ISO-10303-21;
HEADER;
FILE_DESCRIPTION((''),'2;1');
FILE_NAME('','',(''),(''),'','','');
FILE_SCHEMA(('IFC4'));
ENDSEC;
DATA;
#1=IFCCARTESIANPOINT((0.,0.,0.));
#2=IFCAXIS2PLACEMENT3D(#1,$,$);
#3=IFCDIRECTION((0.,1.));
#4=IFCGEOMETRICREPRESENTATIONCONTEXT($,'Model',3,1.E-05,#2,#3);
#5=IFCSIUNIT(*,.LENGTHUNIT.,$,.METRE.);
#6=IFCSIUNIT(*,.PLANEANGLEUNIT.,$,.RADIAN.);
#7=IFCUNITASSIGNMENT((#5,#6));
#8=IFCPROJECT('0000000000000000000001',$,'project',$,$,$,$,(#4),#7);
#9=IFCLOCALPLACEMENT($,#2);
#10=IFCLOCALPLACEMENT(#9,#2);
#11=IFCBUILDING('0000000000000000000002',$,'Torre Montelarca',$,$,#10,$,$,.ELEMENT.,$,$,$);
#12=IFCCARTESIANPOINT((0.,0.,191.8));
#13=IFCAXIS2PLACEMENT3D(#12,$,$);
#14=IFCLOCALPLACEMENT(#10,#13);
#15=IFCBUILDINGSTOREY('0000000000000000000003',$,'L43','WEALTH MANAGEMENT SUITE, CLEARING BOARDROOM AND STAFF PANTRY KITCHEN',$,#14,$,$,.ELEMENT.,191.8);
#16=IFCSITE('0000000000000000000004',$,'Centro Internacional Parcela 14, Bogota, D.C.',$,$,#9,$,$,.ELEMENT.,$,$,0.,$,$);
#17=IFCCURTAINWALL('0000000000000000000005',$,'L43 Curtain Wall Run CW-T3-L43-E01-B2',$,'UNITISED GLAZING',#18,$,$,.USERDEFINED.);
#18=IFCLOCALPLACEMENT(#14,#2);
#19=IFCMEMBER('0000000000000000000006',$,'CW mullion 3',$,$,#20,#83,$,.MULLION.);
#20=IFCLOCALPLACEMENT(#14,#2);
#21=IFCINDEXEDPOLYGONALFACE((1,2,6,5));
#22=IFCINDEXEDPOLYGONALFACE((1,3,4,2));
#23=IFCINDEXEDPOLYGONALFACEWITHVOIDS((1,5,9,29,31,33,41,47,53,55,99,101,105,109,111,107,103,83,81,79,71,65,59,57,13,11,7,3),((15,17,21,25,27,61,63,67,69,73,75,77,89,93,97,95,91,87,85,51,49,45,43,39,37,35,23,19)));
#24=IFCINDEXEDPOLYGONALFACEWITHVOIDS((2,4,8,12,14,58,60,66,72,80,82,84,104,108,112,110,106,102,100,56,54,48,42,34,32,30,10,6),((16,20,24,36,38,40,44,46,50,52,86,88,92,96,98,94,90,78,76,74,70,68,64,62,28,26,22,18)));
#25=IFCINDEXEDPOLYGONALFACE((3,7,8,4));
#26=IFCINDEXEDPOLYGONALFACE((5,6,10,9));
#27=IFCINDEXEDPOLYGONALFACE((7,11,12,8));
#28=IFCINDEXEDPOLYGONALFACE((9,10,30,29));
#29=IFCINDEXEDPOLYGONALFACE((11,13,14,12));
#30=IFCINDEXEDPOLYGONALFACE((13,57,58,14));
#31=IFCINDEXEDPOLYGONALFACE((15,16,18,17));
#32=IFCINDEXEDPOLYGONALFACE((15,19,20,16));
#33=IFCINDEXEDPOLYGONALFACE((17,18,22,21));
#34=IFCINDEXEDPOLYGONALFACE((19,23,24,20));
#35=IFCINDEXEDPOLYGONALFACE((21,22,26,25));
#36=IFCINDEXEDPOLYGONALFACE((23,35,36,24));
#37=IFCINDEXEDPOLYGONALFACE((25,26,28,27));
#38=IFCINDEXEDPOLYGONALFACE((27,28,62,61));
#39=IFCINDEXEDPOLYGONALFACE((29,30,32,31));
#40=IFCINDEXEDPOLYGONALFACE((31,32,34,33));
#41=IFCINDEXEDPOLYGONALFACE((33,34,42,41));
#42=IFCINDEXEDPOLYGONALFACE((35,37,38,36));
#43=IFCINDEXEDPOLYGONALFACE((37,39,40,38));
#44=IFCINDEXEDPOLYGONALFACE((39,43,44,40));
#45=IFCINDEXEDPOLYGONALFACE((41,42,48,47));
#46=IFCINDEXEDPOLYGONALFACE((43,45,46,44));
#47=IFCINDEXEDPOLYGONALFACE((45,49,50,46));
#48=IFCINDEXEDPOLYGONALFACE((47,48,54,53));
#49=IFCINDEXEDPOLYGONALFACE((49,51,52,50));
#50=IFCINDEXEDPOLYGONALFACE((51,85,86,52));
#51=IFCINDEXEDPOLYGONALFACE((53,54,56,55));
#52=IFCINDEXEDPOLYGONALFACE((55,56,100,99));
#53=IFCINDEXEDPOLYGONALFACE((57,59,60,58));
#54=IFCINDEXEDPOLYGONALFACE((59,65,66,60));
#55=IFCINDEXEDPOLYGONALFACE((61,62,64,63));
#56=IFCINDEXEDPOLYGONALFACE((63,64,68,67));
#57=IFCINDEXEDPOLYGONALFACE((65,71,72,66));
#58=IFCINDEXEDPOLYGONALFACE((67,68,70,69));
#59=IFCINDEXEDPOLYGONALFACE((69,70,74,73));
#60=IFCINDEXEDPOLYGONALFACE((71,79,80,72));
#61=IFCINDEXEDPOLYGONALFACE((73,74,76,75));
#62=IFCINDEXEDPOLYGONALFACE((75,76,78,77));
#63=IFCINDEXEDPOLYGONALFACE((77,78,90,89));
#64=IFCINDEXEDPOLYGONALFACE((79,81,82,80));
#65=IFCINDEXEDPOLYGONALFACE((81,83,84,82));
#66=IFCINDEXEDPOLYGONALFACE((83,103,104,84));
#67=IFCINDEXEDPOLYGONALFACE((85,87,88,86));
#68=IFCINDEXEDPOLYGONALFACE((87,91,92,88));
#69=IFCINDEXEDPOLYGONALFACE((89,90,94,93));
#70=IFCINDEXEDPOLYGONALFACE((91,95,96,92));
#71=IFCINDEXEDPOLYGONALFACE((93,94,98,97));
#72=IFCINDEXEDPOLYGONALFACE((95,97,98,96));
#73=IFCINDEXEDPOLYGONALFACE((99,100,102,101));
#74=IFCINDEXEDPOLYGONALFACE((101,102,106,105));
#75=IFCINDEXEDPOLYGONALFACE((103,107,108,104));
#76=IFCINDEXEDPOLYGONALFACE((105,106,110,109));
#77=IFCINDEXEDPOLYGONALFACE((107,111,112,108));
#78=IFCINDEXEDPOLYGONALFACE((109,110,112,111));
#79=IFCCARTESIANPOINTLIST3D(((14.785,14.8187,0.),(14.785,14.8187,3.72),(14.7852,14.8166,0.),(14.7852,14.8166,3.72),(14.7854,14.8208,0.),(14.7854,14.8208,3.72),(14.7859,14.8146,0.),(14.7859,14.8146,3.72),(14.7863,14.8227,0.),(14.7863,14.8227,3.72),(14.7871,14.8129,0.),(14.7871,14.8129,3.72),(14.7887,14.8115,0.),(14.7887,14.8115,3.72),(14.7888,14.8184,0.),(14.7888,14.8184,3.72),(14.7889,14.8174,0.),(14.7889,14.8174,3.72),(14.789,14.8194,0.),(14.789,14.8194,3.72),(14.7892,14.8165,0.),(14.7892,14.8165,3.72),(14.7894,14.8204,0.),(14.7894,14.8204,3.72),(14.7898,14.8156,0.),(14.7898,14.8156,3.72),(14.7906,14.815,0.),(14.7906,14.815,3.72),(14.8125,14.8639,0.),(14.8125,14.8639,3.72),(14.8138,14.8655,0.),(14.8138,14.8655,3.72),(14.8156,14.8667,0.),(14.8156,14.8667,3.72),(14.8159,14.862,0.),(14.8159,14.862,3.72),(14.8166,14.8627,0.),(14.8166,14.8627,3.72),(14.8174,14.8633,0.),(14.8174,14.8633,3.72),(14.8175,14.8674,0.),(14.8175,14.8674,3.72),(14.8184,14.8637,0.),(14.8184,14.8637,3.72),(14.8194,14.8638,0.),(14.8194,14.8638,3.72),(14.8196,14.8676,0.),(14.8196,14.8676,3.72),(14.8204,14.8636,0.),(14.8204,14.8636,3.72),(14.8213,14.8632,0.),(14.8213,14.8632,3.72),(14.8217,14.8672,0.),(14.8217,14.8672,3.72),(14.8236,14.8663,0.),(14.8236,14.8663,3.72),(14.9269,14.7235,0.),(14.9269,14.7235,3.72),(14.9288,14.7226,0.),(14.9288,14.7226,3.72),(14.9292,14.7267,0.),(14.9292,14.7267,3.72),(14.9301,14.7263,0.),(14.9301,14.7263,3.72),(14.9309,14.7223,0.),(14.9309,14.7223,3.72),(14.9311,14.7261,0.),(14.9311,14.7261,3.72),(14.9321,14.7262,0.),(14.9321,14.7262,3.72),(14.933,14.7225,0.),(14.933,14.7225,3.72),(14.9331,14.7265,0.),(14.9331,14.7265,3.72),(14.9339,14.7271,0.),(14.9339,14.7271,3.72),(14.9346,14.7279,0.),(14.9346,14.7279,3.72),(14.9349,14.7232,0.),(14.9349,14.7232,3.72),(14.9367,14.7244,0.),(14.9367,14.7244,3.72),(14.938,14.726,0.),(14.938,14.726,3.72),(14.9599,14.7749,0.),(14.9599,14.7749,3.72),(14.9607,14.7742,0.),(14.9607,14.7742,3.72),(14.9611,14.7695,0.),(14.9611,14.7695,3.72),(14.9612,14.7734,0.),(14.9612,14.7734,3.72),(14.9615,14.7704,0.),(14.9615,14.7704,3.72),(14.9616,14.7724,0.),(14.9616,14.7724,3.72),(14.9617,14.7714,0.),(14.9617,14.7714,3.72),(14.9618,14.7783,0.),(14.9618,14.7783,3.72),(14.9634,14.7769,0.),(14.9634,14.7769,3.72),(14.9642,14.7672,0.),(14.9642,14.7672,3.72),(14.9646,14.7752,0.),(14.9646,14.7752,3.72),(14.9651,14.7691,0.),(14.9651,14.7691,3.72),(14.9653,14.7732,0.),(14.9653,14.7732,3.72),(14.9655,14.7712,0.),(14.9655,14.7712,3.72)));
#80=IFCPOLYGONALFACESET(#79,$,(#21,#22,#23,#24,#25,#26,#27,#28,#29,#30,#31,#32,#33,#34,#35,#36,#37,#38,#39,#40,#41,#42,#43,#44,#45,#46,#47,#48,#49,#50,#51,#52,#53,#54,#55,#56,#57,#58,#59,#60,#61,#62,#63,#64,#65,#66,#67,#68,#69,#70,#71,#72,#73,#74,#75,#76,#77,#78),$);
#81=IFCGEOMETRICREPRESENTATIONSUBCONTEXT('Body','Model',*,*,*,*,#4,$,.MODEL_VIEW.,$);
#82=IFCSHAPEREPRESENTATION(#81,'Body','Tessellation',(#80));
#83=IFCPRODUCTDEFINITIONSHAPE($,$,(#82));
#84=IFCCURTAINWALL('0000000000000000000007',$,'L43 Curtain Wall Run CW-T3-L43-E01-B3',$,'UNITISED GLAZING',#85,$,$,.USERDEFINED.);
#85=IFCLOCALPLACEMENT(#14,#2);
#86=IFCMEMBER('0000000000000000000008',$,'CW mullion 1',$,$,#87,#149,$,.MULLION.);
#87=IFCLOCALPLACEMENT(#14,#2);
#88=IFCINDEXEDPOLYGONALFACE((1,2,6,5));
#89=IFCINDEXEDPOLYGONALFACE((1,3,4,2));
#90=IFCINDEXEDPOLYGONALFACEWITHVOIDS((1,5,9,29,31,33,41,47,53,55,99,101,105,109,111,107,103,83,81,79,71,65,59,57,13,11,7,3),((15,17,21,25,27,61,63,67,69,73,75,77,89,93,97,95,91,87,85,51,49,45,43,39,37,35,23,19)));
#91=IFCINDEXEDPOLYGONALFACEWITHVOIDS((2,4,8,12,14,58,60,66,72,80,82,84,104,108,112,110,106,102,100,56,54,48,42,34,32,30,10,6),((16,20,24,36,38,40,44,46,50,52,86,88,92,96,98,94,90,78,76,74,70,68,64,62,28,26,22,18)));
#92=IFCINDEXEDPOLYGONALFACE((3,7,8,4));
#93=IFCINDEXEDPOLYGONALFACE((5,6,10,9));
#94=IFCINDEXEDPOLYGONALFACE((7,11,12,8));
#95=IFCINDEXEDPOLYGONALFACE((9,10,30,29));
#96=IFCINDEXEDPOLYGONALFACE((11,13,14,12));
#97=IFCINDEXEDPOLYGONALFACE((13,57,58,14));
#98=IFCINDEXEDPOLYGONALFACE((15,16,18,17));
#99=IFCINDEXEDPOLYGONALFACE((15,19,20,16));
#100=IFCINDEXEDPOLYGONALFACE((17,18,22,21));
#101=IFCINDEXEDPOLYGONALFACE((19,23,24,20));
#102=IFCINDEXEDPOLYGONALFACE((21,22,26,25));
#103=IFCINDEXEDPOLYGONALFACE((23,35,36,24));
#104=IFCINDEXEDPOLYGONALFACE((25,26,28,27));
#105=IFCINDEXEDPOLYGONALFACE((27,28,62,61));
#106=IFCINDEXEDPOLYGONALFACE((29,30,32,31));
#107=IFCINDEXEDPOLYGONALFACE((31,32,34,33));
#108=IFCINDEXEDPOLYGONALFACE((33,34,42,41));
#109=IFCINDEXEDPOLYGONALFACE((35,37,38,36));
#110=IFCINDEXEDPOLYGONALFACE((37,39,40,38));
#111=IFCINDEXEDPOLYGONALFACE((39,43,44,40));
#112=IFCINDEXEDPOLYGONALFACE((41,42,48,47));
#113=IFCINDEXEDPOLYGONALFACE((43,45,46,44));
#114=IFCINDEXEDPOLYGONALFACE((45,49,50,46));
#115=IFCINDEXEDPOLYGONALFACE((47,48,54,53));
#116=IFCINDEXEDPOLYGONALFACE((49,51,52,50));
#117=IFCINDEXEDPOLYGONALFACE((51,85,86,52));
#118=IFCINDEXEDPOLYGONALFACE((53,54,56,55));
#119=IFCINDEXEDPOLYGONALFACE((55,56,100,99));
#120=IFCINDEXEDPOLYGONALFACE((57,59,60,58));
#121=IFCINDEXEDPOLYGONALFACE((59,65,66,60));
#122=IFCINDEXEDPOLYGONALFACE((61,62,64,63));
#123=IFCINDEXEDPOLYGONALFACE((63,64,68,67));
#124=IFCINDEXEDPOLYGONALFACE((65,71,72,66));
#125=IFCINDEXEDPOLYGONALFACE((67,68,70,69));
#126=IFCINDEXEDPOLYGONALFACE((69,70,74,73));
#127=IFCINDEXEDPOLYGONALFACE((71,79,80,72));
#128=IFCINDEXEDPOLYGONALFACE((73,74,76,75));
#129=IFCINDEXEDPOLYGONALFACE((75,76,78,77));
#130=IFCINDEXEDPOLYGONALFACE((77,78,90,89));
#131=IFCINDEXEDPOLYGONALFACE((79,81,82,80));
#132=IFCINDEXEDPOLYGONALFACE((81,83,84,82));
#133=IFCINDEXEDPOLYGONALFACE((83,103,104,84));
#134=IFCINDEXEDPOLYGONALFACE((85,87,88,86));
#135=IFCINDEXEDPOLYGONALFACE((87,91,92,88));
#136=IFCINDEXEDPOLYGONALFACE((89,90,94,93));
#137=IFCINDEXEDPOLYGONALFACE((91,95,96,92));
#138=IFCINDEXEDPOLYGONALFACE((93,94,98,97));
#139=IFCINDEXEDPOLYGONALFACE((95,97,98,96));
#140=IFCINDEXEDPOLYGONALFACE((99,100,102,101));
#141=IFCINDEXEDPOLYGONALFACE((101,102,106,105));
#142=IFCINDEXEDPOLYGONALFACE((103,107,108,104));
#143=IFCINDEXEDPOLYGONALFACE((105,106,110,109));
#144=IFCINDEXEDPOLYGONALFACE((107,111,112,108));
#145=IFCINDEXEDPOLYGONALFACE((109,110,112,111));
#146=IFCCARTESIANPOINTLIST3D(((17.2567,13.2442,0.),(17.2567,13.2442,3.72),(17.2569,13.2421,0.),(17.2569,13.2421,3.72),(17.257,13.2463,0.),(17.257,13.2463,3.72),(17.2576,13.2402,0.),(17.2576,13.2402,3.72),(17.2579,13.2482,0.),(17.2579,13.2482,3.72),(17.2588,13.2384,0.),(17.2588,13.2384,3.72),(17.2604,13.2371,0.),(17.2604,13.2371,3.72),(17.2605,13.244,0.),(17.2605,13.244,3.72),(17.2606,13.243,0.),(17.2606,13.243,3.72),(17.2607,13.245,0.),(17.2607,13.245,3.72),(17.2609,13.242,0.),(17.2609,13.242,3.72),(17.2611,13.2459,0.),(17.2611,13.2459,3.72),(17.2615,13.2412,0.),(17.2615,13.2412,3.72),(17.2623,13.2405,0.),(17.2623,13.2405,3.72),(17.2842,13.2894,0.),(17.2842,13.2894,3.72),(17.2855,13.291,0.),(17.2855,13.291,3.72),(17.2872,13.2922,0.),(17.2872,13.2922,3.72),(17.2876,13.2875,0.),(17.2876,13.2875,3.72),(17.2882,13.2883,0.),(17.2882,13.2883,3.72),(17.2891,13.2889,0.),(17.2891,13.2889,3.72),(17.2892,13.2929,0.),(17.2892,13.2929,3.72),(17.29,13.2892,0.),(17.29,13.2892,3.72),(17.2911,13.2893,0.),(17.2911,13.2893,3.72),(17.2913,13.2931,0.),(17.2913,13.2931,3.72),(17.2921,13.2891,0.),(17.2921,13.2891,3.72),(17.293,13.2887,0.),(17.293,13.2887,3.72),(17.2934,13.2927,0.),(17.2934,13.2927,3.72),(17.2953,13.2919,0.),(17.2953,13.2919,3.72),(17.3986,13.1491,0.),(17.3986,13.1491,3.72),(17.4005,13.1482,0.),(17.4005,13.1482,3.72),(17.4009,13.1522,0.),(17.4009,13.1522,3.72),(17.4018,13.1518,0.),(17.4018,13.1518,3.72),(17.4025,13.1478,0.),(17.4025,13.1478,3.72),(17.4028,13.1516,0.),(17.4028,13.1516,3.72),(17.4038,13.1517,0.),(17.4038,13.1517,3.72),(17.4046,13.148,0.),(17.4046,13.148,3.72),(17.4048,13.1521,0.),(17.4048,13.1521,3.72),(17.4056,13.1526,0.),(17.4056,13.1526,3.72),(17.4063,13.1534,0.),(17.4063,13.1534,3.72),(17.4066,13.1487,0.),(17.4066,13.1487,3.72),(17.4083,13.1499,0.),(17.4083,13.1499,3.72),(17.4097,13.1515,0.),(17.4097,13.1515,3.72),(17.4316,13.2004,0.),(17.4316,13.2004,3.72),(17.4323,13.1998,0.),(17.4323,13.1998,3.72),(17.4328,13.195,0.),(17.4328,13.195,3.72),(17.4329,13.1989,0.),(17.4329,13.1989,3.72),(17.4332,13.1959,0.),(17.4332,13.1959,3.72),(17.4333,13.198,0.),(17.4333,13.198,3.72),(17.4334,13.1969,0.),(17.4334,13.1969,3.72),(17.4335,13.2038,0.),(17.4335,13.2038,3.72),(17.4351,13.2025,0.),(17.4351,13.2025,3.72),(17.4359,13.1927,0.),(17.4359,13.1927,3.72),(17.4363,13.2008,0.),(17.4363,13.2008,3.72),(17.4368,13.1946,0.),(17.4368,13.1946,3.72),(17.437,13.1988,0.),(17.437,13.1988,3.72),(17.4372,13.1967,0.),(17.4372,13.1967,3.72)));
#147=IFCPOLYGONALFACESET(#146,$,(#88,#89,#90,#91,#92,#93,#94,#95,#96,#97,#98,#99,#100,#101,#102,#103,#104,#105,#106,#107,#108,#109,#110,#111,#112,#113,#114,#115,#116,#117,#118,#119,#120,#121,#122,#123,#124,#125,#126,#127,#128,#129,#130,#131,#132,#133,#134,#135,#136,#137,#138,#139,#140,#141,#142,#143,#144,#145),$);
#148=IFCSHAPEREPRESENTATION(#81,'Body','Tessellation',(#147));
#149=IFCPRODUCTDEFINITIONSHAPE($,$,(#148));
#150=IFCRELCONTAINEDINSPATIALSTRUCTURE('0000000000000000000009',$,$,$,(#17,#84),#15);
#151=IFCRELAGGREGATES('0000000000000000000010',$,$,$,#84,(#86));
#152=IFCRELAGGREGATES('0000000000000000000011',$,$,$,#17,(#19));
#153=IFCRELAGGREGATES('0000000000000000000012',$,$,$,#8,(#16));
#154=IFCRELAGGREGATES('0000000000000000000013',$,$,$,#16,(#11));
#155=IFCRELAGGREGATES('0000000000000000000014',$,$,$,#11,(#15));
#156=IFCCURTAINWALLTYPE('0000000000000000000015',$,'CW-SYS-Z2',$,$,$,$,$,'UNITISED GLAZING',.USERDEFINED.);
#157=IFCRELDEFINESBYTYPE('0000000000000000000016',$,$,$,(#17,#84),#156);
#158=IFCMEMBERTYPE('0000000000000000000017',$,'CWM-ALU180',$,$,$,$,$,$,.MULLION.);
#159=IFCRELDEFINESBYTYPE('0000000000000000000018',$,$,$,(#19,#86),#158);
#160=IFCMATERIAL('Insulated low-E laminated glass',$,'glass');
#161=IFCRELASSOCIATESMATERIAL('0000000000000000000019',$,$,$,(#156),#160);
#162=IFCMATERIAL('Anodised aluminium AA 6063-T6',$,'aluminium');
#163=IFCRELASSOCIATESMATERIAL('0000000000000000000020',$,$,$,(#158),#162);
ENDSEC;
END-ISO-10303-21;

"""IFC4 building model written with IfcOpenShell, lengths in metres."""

from ifc_helpers import new_model, si_unit, direction, frame, origin, origin_2d, place, context, subcontext, project, spatial, hollow_rectangle, extrude, source, transform, mapped, material, material_profile, profile_set, type_object, element, aggregate, save


model = new_model("IFC4")

# Units and contexts
model_context = context("Model", 3, precision=1e-05, world=origin(), true_north=direction((0.0, 1.0)))
body_context = subcontext(model_context, "Body", "Model", "MODEL_VIEW")
ifc_project = project(units=[si_unit("LENGTHUNIT", "METRE"), si_unit("PLANEANGLEUNIT", "RADIAN")], contexts=[model_context])

# Site, building, storey
site_placement = place(None, origin())
site = spatial("IfcSite", under=ifc_project, at=site_placement, Name="Centro Internacional Parcela 14, Bogota, D.C.", CompositionType="ELEMENT", RefElevation=0.0)
building_placement = place(site_placement, origin())
building = spatial("IfcBuilding", under=site, at=building_placement, Name="Torre Montelarca", CompositionType="ELEMENT")
storey_placement = place(building_placement, frame((0.0, 0.0, 191.8)))
storey = spatial("IfcBuildingStorey", under=building, at=storey_placement, Name="L43", Description="WEALTH MANAGEMENT SUITE, CLEARING BOARDROOM AND STAFF PANTRY KITCHEN", CompositionType="ELEMENT", Elevation=191.8)

# Curtain walls, members
ifc_material_1 = material(Name="Insulated low-E laminated glass", Category="glass")
curtain_wall_type = type_object("IfcCurtainWallType", Name="CW-SYS-Z2", ElementType="UNITISED GLAZING", PredefinedType="USERDEFINED", material=ifc_material_1)
ifc_material_2 = material(Name="Anodised aluminium AA 6063-T6", Category="aluminium")
ifc_material_profile_1 = material_profile(ifc_material_2, hollow_rectangle(XDim=0.0649, YDim=0.1799, WallThickness=0.0039, InnerFilletRadius=0.0039, OuterFilletRadius=0.0081, at=origin_2d()), Name="ALU65X180X4", Category="aluminium")
ifc_profile_set_1 = profile_set([ifc_material_profile_1], Name="Anodised aluminium AA 6063-T6")
member_type_1 = type_object("IfcMemberType", Name="CWM-ALU180", PredefinedType="MULLION", material=ifc_profile_set_1)
shared_shape_1 = source(origin(), body_context, "Body", "SweptSolid", [
    extrude(hollow_rectangle(XDim=0.0649, YDim=0.1799, WallThickness=0.0039, InnerFilletRadius=0.0039, OuterFilletRadius=0.0081, at=origin_2d()), origin(), (0.0, 0.0, 1.0), 3.72),
])
curtain_wall_1_placement = place(storey_placement, origin())
curtain_wall_1 = element("IfcCurtainWall", 1, at=curtain_wall_1_placement, inside=storey, type_object=curtain_wall_type, Name="L43 Curtain Wall Run CW-T3-L43-E01-B2", ObjectType="UNITISED GLAZING", PredefinedType="USERDEFINED")
member_1_placement = place(storey_placement, frame((14.8752, 14.7949, 0.0), z_axis=(0.0, 0.0, 1.0), x_axis=(0.537307, 0.843387, 0.0)))
member_1 = element("IfcMember", 2, at=member_1_placement, type_object=member_type_1, Name="CW mullion 3", PredefinedType="MULLION", context=body_context, shape_type="MappedRepresentation", body=[
    mapped(shared_shape_1, transform((0.0, 0.0, 0.0), scale=1.0)),
])
curtain_wall_2_placement = place(storey_placement, origin())
curtain_wall_2 = element("IfcCurtainWall", 3, at=curtain_wall_2_placement, inside=storey, type_object=curtain_wall_type, Name="L43 Curtain Wall Run CW-T3-L43-E01-B3", ObjectType="UNITISED GLAZING", PredefinedType="USERDEFINED")
member_2_placement = place(storey_placement, frame((17.3469, 13.2205, 0.0), z_axis=(0.0, 0.0, 1.0), x_axis=(0.537303, 0.843389, 0.0)))
member_2 = element("IfcMember", 4, at=member_2_placement, type_object=member_type_1, Name="CW mullion 1", PredefinedType="MULLION", context=body_context, shape_type="MappedRepresentation", body=[
    mapped(shared_shape_1, transform((0.0, 0.0, 0.0), scale=1.0)),
])

aggregate(curtain_wall_2, [member_2])
aggregate(curtain_wall_1, [member_1])

save(model, "model.ifc")
